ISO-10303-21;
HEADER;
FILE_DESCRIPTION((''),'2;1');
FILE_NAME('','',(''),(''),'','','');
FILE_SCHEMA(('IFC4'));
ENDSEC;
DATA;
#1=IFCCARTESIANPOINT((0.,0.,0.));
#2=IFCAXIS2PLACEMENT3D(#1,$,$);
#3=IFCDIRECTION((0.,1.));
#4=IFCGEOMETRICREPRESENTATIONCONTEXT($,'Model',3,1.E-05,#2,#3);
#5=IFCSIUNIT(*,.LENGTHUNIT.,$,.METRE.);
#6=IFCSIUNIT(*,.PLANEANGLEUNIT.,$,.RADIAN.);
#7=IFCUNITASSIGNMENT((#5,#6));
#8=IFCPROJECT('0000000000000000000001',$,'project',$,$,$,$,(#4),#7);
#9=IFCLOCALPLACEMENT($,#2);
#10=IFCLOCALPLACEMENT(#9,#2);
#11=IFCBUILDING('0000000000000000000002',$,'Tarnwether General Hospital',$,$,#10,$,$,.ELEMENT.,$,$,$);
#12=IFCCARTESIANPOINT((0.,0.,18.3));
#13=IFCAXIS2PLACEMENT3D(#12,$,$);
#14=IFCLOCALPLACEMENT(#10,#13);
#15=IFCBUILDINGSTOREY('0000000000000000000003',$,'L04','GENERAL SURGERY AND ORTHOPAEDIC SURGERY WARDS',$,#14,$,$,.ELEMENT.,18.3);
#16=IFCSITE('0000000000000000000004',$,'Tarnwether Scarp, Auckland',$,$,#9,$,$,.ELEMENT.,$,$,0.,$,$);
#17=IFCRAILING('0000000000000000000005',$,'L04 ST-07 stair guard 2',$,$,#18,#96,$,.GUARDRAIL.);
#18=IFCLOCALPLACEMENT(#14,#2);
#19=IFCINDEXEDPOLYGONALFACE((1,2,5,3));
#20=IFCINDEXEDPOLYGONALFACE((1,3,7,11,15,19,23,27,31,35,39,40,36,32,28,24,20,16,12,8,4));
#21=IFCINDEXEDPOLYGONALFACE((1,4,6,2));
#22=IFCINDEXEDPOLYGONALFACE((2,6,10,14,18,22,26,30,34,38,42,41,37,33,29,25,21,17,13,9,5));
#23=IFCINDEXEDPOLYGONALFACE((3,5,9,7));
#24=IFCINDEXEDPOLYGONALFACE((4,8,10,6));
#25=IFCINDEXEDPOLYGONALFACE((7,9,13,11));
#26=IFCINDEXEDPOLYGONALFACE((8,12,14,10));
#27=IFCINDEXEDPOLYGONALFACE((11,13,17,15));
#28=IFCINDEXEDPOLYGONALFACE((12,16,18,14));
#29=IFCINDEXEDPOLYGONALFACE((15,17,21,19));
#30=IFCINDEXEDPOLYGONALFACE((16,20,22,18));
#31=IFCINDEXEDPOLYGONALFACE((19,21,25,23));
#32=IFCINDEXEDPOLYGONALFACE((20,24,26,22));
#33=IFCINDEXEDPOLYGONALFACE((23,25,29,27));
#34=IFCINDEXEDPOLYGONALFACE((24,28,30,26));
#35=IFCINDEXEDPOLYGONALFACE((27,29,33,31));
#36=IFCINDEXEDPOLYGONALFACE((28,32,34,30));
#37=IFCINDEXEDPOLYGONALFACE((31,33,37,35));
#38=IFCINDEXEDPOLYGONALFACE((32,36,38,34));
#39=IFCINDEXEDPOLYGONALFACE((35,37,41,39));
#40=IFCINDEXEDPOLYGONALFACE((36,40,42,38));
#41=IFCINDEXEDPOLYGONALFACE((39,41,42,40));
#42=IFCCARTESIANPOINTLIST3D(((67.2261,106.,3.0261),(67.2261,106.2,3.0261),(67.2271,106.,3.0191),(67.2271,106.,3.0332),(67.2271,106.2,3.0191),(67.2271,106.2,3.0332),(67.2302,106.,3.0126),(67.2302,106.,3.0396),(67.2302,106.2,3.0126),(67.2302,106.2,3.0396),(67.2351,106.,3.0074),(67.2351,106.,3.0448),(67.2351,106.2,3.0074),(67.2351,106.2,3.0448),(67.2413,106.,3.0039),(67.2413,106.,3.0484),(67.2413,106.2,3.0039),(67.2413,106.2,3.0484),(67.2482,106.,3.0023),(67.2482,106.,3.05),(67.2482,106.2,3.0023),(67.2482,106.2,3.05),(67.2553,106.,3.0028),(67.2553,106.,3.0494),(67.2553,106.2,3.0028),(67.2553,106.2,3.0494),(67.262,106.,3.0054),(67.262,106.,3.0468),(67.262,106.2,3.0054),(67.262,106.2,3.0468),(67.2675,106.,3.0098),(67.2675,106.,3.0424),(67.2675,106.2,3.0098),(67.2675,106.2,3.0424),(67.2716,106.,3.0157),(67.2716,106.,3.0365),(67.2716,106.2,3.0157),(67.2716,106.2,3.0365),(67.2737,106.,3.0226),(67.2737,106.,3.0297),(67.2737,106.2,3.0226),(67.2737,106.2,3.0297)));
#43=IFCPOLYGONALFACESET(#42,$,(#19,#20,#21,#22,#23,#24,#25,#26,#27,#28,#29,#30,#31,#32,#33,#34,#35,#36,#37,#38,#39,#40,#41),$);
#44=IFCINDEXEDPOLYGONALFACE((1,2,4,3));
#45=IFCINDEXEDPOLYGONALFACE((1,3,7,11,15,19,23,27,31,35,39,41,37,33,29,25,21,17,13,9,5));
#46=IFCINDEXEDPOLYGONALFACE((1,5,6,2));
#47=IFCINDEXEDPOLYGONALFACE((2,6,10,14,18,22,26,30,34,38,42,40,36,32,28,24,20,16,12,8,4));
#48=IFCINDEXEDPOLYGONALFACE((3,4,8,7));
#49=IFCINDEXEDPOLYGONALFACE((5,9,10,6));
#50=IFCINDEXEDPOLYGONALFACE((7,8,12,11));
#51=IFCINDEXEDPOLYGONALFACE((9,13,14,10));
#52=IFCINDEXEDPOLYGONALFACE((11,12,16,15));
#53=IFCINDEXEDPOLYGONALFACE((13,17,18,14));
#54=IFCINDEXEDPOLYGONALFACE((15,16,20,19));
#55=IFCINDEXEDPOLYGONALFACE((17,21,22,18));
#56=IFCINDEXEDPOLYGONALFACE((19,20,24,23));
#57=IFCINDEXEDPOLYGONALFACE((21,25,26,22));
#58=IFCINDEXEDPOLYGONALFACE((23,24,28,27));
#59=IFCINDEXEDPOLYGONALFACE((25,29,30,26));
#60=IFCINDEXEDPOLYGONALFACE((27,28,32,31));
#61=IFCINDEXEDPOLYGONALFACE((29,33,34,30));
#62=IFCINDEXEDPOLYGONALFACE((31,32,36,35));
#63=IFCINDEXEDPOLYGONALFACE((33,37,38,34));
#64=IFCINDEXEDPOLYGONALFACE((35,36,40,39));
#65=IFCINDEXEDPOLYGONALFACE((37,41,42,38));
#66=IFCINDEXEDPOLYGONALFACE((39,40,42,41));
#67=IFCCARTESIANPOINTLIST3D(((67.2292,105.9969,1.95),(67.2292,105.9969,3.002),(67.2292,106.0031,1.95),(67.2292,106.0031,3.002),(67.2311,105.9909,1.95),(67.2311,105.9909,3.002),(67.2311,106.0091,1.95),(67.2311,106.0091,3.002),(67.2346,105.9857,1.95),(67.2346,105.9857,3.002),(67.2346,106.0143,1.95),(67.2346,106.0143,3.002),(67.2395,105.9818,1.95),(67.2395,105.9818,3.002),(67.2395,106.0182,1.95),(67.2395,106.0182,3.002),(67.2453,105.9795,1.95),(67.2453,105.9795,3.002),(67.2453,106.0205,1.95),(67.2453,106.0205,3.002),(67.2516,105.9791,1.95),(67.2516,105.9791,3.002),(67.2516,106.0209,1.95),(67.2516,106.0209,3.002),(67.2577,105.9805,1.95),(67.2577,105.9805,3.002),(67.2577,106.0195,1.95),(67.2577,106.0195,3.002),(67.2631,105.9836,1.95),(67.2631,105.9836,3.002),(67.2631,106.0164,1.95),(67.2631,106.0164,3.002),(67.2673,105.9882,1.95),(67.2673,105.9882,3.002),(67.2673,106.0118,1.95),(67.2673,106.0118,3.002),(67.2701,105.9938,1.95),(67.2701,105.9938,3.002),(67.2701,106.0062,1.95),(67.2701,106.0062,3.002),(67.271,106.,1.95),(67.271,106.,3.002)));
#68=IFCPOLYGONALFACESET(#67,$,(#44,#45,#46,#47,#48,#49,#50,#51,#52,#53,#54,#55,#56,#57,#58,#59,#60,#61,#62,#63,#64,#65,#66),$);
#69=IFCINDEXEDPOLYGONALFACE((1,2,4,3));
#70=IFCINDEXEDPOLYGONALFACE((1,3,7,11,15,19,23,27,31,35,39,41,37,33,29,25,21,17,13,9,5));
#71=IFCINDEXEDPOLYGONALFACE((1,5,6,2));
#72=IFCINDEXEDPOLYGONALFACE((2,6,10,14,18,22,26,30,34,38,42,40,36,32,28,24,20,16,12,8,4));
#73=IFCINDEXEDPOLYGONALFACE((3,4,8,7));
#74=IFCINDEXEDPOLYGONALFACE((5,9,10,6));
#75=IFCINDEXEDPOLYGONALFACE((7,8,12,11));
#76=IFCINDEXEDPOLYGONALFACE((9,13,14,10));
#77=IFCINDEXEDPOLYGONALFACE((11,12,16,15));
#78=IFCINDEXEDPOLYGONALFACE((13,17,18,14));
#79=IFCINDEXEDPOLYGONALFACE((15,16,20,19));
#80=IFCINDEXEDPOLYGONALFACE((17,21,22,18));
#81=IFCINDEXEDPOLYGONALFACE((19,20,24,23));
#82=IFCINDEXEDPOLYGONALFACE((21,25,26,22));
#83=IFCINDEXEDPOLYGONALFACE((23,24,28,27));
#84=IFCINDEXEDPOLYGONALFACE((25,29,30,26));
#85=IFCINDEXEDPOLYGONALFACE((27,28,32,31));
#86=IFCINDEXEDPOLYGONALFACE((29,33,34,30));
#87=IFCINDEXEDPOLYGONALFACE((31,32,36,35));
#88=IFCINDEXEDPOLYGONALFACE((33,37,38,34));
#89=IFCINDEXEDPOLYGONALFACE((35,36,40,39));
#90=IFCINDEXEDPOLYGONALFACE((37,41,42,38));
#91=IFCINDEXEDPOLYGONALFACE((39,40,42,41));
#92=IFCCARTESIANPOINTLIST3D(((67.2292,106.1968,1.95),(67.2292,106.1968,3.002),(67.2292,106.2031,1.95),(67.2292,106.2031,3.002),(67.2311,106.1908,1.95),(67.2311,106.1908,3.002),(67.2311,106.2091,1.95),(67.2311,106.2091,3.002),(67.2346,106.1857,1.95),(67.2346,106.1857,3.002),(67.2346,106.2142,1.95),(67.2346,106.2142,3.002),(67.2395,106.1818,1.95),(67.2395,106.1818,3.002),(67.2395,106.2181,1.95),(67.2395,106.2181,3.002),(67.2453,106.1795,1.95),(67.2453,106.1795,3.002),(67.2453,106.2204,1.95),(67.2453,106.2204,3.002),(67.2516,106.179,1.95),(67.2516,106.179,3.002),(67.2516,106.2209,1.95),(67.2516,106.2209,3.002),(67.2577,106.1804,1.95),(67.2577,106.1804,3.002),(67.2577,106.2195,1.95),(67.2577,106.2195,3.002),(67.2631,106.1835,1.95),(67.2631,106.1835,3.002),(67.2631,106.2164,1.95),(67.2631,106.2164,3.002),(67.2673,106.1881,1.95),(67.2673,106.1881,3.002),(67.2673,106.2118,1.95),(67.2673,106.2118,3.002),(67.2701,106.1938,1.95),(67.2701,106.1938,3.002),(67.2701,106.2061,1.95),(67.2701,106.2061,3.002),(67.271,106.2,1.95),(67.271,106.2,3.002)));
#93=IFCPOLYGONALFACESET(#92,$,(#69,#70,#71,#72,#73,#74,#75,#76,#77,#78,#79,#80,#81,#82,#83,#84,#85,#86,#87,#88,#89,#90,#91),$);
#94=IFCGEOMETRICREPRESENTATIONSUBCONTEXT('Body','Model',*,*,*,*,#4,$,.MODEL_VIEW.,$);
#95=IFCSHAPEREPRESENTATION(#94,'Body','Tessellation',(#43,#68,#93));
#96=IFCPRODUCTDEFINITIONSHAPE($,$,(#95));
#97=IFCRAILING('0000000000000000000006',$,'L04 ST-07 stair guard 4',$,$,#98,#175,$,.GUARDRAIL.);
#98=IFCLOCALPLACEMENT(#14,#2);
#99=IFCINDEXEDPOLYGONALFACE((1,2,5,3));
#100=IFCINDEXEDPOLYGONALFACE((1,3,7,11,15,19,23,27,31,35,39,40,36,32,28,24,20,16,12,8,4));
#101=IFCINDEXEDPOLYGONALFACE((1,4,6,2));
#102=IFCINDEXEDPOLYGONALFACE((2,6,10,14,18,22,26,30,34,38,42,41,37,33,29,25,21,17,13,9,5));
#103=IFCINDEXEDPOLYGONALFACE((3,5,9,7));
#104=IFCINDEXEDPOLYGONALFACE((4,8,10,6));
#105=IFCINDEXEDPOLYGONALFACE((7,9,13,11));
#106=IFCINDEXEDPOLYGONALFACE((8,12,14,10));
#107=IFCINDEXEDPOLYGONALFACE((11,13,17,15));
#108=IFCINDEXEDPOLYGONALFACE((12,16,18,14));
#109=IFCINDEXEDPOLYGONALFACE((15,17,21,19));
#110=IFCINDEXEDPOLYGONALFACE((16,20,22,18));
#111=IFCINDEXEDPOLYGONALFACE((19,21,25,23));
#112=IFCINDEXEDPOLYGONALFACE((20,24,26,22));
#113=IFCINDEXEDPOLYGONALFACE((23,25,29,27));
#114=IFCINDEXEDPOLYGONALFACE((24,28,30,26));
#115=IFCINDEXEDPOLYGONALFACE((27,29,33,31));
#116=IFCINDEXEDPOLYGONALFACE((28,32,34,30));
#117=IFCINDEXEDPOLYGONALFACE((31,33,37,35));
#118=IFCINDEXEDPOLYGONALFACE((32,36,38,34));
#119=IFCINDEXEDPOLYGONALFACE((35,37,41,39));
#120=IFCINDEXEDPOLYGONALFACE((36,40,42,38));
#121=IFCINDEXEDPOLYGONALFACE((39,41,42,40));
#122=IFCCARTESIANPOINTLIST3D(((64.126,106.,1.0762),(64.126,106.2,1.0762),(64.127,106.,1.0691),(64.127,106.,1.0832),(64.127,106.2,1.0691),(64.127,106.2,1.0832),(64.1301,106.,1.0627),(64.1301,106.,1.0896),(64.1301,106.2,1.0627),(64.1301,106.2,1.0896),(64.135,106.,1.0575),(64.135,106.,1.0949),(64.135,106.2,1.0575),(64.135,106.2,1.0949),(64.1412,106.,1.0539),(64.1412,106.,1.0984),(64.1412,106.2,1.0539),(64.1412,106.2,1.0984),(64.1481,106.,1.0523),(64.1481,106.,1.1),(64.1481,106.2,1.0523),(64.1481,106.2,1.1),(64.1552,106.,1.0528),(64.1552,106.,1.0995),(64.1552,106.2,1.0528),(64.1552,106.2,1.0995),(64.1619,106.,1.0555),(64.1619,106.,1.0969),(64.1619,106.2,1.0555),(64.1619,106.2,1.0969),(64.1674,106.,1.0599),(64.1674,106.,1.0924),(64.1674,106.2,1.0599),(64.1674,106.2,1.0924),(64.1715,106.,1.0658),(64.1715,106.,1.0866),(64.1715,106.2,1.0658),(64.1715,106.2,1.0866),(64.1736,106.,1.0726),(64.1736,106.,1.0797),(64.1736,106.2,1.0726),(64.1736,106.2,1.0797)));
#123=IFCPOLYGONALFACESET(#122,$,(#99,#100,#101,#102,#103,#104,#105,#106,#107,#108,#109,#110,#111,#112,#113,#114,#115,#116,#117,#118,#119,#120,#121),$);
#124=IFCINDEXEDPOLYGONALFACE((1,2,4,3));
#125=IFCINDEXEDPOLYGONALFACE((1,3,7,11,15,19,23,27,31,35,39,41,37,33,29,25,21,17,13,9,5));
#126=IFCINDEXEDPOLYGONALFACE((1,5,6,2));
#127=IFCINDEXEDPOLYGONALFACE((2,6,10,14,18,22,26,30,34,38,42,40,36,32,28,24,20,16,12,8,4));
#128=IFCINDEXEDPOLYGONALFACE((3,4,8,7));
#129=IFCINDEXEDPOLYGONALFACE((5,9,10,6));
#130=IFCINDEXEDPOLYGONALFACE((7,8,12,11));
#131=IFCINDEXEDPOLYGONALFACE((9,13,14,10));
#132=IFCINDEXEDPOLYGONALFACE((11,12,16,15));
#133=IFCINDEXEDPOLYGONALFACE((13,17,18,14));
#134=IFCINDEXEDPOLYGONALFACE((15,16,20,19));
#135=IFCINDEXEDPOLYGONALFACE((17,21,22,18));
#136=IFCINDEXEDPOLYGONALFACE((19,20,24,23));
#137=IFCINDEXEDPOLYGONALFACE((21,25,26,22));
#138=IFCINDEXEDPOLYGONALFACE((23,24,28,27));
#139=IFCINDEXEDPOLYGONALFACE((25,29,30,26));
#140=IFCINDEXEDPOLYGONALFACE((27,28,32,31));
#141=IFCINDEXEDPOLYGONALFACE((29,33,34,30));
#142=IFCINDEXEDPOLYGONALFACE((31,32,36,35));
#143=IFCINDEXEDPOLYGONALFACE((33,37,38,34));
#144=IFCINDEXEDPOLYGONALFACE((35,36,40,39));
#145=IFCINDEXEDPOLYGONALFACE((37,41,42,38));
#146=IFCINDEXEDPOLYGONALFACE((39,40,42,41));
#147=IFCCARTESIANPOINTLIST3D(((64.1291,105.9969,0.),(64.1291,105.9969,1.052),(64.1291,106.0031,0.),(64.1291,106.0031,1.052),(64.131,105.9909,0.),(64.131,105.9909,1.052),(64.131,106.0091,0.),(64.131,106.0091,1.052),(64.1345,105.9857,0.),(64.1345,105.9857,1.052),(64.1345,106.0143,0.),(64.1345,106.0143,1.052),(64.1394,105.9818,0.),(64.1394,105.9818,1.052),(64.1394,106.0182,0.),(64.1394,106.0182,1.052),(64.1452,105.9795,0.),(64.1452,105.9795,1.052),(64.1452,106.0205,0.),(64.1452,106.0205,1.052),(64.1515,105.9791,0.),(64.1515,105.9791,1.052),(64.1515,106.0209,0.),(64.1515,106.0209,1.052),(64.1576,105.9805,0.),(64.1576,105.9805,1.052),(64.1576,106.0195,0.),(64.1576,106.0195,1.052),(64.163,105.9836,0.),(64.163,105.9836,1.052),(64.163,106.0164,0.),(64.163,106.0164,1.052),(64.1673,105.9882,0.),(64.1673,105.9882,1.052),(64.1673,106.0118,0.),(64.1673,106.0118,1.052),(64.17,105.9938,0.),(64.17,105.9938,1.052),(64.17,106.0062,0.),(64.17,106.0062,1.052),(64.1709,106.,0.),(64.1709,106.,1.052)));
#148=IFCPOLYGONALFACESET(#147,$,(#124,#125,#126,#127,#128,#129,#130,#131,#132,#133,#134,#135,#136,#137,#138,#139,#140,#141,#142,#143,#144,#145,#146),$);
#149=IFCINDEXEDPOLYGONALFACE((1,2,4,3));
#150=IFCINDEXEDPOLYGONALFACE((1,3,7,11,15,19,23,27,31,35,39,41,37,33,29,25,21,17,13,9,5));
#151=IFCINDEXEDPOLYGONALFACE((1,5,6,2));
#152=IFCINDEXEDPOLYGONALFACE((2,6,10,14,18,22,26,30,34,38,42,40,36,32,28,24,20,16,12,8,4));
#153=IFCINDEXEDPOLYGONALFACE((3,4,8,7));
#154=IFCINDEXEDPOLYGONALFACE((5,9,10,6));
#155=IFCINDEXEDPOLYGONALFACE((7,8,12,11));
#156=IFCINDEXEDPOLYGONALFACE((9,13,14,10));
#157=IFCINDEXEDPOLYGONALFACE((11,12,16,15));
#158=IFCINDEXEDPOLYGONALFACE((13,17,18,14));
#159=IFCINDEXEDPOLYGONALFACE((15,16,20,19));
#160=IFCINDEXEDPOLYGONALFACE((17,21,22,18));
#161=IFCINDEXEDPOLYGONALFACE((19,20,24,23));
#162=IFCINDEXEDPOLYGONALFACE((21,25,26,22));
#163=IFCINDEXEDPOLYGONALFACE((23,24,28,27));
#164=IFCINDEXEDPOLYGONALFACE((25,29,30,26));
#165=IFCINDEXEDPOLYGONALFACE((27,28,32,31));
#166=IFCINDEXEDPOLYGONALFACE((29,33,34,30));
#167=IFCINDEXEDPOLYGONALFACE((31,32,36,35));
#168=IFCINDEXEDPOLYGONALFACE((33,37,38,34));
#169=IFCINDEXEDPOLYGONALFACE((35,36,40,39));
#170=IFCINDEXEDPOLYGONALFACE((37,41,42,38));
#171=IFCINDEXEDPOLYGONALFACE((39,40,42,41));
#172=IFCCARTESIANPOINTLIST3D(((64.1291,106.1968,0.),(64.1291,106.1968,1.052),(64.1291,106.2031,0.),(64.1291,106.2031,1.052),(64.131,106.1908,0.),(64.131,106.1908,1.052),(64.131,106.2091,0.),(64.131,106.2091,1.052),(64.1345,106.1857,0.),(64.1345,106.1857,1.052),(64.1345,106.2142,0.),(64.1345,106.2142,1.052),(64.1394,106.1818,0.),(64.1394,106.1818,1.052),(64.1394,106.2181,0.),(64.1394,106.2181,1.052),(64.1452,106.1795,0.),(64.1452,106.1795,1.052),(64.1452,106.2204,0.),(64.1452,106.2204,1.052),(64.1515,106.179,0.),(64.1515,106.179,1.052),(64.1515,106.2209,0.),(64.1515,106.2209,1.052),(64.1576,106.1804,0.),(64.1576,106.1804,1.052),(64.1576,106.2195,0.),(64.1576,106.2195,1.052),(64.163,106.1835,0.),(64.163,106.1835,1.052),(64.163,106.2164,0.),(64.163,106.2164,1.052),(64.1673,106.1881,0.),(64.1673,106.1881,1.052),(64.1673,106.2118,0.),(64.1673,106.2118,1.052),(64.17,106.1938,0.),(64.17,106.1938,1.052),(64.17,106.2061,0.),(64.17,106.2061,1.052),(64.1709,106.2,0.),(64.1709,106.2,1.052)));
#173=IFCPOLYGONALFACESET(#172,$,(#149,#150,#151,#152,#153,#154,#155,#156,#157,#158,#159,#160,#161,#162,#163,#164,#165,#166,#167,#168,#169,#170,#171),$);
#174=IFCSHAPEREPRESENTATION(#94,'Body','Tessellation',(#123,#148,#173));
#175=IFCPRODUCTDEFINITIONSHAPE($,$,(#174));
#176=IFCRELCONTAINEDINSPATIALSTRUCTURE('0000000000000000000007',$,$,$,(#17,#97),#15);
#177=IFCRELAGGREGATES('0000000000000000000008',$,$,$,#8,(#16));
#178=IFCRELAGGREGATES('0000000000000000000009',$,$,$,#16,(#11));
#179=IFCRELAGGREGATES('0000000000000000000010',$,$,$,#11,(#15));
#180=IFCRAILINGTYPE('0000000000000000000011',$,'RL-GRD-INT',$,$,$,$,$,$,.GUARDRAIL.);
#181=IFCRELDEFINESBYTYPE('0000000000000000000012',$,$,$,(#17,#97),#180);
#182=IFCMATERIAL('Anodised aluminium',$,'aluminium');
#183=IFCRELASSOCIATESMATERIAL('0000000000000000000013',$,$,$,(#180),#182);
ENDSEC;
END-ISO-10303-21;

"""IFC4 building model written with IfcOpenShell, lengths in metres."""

from ifc_helpers import new_model, si_unit, direction, frame, origin, origin_2d, place, context, subcontext, project, spatial, circle, extrude, material, type_object, element, save


model = new_model("IFC4")

# Units and contexts
model_context = context("Model", 3, precision=1e-05, world=origin(), true_north=direction((0.0, 1.0)))
body_context = subcontext(model_context, "Body", "Model", "MODEL_VIEW")
ifc_project = project(units=[si_unit("LENGTHUNIT", "METRE"), si_unit("PLANEANGLEUNIT", "RADIAN")], contexts=[model_context])

# Site, building, storey
site_placement = place(None, origin())
site = spatial("IfcSite", under=ifc_project, at=site_placement, Name="Tarnwether Scarp, Auckland", CompositionType="ELEMENT", RefElevation=0.0)
building_placement = place(site_placement, origin())
building = spatial("IfcBuilding", under=site, at=building_placement, Name="Tarnwether General Hospital", CompositionType="ELEMENT")
storey_placement = place(building_placement, frame((0.0, 0.0, 18.3)))
storey = spatial("IfcBuildingStorey", under=building, at=storey_placement, Name="L04", Description="GENERAL SURGERY AND ORTHOPAEDIC SURGERY WARDS", CompositionType="ELEMENT", Elevation=18.3)

# Railings
ifc_material_1 = material(Name="Anodised aluminium", Category="aluminium")
railing_type_1 = type_object("IfcRailingType", Name="RL-GRD-INT", PredefinedType="GUARDRAIL", material=ifc_material_1)
for number, where, name in (
    (1, (67.25, 106.0, 1.95), "L04 ST-07 stair guard 2"),
    (2, (64.1499, 106.0, 0.0), "L04 ST-07 stair guard 4"),
):
    element("IfcRailing", number, at=place(storey_placement, frame(where)), inside=storey, type_object=railing_type_1, Name=name, PredefinedType="GUARDRAIL", context=body_context, shape_type="SweptSolid", body=[
        extrude(circle(Radius=0.0239, at=origin_2d()), frame((0.0, 0.0, 1.0762), z_axis=(0.0, 1.0, 0.0), x_axis=(-1.0, 0.0, 0.0)), (0.0, 0.0, 1.0), 0.2),
        extrude(circle(Radius=0.021, at=origin_2d()), origin(), (0.0, 0.0, 1.0), 1.052),
        extrude(circle(Radius=0.021, at=origin_2d()), frame((0.0, 0.2, 0.0)), (0.0, 0.0, 1.0), 1.052),
    ])

save(model, "model.ifc")
